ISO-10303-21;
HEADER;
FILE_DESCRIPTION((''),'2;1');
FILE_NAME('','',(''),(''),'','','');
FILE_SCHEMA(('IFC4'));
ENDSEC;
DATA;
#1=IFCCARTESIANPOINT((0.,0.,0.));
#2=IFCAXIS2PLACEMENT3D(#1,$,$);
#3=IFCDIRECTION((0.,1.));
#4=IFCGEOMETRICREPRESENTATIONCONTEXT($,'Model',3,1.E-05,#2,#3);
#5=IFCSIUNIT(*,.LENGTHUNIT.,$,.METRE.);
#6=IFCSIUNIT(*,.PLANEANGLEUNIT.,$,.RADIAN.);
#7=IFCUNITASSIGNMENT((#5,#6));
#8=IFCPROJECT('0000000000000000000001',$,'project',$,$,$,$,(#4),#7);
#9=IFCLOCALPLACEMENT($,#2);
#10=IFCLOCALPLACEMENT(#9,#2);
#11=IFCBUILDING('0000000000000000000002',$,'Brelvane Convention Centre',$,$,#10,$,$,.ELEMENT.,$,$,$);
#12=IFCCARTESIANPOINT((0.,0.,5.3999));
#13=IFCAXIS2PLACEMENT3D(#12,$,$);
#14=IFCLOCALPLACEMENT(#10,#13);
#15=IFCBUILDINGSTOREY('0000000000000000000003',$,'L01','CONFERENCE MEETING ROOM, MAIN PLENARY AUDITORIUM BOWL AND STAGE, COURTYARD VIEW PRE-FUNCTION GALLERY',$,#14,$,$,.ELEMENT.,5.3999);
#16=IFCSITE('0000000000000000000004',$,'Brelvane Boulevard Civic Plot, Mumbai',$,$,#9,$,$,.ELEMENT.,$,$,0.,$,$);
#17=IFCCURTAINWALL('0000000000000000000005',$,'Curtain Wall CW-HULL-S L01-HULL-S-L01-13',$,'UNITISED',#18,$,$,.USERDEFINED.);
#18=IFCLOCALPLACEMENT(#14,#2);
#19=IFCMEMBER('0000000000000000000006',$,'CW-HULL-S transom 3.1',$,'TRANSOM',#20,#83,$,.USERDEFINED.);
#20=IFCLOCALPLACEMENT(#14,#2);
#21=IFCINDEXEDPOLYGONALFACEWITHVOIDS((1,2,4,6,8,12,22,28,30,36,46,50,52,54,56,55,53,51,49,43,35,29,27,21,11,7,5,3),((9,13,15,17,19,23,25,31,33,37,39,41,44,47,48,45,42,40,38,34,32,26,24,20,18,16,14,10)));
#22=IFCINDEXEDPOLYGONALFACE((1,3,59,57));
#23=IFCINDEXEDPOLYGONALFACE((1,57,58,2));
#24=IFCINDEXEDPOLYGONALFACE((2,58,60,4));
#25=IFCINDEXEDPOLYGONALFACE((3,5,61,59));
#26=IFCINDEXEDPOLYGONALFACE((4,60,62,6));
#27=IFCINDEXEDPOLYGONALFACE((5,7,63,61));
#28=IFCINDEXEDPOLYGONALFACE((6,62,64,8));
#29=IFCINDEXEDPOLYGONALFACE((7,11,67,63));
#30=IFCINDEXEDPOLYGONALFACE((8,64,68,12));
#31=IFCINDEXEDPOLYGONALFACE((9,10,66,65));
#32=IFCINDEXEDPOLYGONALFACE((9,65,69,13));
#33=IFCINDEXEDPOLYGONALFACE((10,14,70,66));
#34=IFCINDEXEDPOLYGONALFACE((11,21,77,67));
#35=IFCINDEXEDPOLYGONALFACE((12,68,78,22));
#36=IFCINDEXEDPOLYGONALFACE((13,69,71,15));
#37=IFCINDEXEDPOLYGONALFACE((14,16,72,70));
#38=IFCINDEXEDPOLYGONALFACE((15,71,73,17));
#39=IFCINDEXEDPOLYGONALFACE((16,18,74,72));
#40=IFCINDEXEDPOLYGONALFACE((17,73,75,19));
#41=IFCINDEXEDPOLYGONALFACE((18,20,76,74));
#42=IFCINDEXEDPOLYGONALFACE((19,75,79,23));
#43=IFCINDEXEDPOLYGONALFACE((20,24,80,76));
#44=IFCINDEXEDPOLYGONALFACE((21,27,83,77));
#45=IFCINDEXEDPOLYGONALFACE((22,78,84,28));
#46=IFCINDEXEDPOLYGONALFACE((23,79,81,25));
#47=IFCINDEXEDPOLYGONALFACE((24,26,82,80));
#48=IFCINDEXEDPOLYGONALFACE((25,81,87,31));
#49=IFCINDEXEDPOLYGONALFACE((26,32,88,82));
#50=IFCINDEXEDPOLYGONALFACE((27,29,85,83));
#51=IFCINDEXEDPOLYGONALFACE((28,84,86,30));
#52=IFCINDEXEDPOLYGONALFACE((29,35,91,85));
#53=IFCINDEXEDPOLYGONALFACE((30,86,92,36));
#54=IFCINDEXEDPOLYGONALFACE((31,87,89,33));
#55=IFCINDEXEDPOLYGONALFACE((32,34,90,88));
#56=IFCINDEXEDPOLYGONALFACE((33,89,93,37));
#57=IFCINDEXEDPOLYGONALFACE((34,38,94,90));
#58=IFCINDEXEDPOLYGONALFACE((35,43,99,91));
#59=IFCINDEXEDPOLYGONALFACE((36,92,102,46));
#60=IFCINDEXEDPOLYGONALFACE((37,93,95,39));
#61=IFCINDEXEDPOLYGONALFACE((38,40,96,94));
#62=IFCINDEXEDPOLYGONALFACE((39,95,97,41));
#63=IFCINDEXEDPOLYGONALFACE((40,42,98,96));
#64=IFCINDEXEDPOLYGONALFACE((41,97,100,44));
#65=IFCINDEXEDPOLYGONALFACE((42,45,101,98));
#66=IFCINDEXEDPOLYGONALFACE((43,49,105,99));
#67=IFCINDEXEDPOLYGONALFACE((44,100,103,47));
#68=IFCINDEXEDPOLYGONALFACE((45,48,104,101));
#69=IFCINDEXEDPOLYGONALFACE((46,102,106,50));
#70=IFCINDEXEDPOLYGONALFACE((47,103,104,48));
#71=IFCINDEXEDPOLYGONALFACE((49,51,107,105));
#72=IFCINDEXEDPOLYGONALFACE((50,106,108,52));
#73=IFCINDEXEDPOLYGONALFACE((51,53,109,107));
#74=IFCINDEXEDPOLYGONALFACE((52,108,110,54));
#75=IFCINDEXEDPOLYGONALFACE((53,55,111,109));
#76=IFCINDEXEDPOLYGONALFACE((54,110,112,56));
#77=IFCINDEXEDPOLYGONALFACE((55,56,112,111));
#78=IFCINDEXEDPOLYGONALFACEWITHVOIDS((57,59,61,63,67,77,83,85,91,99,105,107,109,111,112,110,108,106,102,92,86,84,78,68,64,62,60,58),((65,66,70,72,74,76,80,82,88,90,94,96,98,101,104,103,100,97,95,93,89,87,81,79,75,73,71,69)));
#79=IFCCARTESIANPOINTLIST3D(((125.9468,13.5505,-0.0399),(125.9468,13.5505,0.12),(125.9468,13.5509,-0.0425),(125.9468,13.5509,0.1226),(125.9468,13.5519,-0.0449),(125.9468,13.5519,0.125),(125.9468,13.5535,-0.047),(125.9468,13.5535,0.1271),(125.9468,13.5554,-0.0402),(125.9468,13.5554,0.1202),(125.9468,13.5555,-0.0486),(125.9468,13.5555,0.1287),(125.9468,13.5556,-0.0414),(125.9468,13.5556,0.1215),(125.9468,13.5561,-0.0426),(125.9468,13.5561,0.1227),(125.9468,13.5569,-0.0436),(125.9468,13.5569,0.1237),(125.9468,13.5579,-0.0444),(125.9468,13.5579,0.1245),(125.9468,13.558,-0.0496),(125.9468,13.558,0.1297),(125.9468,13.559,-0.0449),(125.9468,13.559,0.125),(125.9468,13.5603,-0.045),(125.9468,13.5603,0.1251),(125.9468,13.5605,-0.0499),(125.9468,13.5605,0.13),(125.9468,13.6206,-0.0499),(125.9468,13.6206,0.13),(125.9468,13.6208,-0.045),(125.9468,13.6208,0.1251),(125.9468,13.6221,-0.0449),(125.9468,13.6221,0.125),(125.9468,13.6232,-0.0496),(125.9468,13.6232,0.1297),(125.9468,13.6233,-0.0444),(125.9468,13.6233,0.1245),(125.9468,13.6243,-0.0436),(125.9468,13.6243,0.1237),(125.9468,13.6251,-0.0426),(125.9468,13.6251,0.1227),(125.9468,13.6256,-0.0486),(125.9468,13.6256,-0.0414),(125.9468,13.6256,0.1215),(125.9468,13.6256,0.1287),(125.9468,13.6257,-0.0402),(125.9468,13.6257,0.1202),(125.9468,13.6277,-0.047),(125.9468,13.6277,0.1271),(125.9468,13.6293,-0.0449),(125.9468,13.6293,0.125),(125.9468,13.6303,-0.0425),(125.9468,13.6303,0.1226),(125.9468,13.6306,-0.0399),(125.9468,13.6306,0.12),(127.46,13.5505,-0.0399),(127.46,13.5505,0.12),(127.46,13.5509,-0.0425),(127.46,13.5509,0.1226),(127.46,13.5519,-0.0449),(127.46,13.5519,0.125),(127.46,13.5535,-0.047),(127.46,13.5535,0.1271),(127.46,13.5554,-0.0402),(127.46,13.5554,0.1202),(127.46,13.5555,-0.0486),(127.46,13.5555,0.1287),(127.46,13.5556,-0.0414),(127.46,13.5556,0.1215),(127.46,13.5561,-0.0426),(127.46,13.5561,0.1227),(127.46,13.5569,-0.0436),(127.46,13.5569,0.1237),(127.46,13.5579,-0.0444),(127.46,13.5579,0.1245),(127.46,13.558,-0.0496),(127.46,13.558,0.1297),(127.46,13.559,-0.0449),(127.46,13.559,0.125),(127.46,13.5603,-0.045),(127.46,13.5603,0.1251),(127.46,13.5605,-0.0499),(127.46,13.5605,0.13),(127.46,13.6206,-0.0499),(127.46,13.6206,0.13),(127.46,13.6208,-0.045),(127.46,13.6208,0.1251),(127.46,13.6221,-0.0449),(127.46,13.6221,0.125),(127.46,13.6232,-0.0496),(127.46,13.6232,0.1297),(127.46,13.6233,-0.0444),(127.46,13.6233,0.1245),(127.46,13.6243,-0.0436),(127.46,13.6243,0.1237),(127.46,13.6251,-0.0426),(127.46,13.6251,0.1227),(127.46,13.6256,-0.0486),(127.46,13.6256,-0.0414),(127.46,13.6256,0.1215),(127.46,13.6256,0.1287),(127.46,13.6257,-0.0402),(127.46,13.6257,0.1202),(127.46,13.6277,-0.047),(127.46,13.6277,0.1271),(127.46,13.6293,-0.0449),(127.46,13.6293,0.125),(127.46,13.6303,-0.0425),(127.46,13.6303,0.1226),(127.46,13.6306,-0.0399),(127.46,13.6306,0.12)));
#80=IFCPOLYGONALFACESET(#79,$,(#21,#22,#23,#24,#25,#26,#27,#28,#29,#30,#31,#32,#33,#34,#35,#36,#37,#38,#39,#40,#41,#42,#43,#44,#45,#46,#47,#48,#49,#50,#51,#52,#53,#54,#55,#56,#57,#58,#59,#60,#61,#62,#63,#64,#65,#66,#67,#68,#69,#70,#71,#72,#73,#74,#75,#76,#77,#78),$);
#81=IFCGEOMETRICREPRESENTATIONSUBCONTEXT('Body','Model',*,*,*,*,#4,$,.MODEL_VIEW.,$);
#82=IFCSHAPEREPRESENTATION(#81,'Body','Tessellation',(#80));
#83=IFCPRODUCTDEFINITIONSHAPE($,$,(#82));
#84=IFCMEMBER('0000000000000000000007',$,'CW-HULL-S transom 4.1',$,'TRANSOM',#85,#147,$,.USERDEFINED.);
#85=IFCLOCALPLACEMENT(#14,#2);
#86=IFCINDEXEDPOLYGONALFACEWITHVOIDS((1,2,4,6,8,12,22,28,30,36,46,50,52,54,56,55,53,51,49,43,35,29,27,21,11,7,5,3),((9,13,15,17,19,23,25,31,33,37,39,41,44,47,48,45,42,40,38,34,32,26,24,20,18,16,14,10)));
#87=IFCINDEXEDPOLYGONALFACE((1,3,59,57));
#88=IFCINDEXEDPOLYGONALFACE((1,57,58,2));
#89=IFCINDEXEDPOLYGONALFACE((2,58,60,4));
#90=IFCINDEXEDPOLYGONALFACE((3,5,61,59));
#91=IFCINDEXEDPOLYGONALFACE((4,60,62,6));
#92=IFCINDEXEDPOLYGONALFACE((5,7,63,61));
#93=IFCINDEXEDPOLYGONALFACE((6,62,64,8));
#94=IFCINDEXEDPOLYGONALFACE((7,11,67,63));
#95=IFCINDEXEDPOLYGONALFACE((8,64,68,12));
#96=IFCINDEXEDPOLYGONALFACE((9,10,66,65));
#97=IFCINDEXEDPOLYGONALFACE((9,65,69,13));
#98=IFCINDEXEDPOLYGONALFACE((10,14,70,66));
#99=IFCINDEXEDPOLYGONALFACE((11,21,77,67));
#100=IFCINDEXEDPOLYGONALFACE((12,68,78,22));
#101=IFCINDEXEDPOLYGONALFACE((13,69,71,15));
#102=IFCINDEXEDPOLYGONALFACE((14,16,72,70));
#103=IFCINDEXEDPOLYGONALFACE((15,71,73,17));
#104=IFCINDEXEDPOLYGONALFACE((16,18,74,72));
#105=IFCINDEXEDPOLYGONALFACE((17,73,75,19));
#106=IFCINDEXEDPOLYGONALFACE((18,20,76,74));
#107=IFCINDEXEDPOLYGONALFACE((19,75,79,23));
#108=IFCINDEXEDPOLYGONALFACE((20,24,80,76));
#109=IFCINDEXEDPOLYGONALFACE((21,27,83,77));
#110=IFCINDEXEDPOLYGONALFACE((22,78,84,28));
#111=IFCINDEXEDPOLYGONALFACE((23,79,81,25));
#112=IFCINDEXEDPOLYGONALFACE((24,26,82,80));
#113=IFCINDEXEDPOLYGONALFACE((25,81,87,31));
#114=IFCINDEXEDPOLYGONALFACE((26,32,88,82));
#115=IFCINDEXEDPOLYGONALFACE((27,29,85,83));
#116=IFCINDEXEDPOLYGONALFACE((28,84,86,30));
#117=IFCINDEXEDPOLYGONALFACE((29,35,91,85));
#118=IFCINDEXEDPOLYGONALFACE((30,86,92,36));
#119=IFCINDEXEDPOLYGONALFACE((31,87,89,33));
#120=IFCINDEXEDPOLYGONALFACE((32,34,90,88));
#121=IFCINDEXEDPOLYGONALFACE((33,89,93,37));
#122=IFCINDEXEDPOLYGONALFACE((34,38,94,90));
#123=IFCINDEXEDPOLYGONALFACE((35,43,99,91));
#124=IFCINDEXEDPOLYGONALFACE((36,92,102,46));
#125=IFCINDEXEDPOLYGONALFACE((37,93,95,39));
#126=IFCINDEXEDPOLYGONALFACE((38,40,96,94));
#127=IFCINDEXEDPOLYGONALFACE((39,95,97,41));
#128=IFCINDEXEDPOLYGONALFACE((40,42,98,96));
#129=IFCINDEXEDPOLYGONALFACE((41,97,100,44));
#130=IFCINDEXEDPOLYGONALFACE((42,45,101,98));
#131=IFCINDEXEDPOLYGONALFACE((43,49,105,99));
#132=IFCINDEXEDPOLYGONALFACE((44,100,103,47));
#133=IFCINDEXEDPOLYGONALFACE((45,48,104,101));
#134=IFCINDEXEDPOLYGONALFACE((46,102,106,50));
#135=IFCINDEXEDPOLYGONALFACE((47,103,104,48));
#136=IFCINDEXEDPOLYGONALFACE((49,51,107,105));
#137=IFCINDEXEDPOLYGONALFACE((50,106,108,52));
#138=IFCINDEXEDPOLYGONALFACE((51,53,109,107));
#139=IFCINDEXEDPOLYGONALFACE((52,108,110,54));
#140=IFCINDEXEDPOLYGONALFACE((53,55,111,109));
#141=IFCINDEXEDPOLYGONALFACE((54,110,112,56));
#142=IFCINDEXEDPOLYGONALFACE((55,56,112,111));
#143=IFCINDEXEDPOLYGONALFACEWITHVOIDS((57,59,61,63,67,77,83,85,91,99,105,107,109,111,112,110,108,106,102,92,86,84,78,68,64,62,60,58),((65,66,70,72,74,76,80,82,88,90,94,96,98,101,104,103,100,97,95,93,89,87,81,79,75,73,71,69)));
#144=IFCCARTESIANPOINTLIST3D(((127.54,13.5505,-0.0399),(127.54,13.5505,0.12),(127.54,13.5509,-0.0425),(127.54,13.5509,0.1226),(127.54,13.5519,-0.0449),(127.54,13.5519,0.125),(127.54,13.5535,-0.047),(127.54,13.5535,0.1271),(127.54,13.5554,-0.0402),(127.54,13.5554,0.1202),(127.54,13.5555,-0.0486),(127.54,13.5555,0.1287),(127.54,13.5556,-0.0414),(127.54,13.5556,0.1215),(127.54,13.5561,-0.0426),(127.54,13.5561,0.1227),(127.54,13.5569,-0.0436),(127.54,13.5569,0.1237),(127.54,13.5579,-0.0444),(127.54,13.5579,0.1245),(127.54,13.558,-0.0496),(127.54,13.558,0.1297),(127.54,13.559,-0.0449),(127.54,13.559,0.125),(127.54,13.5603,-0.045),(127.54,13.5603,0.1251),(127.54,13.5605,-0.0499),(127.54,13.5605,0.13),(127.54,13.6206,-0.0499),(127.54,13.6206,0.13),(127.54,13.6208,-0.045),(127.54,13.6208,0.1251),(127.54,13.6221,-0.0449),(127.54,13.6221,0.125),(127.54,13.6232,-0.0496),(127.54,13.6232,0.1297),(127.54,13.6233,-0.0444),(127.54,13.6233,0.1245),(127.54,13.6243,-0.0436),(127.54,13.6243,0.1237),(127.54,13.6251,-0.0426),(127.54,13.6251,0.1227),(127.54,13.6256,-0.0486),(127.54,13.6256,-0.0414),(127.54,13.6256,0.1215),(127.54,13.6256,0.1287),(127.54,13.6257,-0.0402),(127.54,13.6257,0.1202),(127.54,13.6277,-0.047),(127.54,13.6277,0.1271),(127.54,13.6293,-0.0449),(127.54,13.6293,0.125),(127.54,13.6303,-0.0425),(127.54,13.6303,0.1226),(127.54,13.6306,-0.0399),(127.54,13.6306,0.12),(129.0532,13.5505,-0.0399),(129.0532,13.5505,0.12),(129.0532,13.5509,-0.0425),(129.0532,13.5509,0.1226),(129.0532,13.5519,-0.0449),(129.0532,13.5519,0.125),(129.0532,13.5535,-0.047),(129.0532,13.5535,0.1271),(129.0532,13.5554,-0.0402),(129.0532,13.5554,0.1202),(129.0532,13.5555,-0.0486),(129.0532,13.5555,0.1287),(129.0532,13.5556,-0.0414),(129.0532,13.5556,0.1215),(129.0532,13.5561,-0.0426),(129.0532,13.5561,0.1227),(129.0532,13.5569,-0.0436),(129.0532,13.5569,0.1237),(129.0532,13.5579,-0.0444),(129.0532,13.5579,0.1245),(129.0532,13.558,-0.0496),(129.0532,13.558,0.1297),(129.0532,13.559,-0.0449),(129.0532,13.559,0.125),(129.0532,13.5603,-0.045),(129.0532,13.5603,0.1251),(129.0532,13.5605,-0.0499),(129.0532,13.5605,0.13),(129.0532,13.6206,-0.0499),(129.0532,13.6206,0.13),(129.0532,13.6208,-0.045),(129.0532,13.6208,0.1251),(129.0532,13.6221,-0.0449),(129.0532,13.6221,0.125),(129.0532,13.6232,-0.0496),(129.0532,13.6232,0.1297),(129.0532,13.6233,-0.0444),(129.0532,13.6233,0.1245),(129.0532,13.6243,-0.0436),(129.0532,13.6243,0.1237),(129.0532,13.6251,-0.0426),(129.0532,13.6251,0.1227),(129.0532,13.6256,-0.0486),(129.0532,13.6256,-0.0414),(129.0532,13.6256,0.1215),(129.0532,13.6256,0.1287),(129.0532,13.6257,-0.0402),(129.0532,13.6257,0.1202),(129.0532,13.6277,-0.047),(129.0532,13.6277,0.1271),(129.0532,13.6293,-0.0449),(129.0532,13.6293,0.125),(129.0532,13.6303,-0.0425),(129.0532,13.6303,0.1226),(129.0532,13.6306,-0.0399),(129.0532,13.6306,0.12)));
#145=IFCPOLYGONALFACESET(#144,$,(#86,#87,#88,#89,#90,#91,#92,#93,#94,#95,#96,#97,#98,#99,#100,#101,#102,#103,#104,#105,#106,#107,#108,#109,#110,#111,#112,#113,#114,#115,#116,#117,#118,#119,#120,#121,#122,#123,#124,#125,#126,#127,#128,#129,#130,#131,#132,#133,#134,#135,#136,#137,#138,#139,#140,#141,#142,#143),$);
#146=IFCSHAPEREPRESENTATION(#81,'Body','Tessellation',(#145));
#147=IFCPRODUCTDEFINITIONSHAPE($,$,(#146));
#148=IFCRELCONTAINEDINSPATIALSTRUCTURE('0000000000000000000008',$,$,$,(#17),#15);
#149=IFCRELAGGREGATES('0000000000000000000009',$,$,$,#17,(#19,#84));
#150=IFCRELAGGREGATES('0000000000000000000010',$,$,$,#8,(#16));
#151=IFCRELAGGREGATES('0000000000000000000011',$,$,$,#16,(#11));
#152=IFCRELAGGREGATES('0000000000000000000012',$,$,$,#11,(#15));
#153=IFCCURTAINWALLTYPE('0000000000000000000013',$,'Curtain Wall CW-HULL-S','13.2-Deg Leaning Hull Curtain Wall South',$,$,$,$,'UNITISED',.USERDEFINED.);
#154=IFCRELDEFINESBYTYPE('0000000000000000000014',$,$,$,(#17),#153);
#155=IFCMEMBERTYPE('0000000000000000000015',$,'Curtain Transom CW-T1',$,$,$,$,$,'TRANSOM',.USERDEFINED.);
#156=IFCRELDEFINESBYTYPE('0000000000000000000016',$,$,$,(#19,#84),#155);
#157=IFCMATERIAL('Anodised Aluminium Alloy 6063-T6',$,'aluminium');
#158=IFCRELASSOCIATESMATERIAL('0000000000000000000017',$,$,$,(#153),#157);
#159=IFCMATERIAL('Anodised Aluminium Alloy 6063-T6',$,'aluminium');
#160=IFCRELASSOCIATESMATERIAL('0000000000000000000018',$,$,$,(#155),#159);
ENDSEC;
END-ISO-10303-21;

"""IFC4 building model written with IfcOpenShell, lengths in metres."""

from ifc_helpers import new_model, si_unit, direction, frame, origin, origin_2d, place, context, subcontext, project, spatial, hollow_rectangle, extrude, material, material_profile, profile_set, type_object, element, aggregate, save


model = new_model("IFC4")

# Units and contexts
model_context = context("Model", 3, precision=1e-05, world=origin(), true_north=direction((0.0, 1.0)))
body_context = subcontext(model_context, "Body", "Model", "MODEL_VIEW")
ifc_project = project(units=[si_unit("LENGTHUNIT", "METRE"), si_unit("PLANEANGLEUNIT", "RADIAN")], contexts=[model_context])

# Site, building, storey
site_placement = place(None, origin())
site = spatial("IfcSite", under=ifc_project, at=site_placement, Name="Brelvane Boulevard Civic Plot, Mumbai", CompositionType="ELEMENT", RefElevation=0.0)
building_placement = place(site_placement, origin())
building = spatial("IfcBuilding", under=site, at=building_placement, Name="Brelvane Convention Centre", CompositionType="ELEMENT")
storey_placement = place(building_placement, frame((0.0, 0.0, 5.3999)))
storey = spatial("IfcBuildingStorey", under=building, at=storey_placement, Name="L01", Description="CONFERENCE MEETING ROOM, MAIN PLENARY AUDITORIUM BOWL AND STAGE, COURTYARD VIEW PRE-FUNCTION GALLERY", CompositionType="ELEMENT", Elevation=5.3999)

# Shared definitions
ifc_material_1 = material(Name="Anodised Aluminium Alloy 6063-T6", Category="aluminium")
curtain_wall_type = type_object("IfcCurtainWallType", Name="Curtain Wall CW-HULL-S", Description="13.2-Deg Leaning Hull Curtain Wall South", ElementType="UNITISED", PredefinedType="USERDEFINED", material=ifc_material_1)

# Curtain wall
curtain_wall_1_placement = place(storey_placement, origin())
curtain_wall_1 = element("IfcCurtainWall", 1, at=curtain_wall_1_placement, inside=storey, type_object=curtain_wall_type, Name="Curtain Wall CW-HULL-S L01-HULL-S-L01-13", ObjectType="UNITISED", PredefinedType="USERDEFINED")

# Members
ifc_material_2 = material(Name="Anodised Aluminium Alloy 6063-T6", Category="aluminium")
ifc_material_profile_1 = material_profile(ifc_material_2, hollow_rectangle(XDim=0.0801, YDim=0.1799, WallThickness=0.0049, InnerFilletRadius=0.0049, OuterFilletRadius=0.01, at=origin_2d()), Name="ALU-T 180x80x5.0")
ifc_profile_set_1 = profile_set([ifc_material_profile_1], Name="Anodised Aluminium Alloy 6063-T6")
member_type_1 = type_object("IfcMemberType", Name="Curtain Transom CW-T1", ElementType="TRANSOM", PredefinedType="USERDEFINED", material=ifc_profile_set_1)
member_1_placement = place(storey_placement, frame((125.9468, 13.5906, 0.04), z_axis=(1.0, 0.0, 0.0), x_axis=(0.0, 1.0, 0.0)))
member_1 = element("IfcMember", 2, at=member_1_placement, type_object=member_type_1, Name="CW-HULL-S transom 3.1", ObjectType="TRANSOM", PredefinedType="USERDEFINED", context=body_context, shape_type="SweptSolid", body=[
    extrude(hollow_rectangle(XDim=0.0801, YDim=0.1799, WallThickness=0.0049, InnerFilletRadius=0.0049, OuterFilletRadius=0.01, at=origin_2d()), origin(), (0.0, 0.0, 1.0), 1.5132),
])
member_2_placement = place(storey_placement, frame((127.54, 13.5906, 0.04), z_axis=(1.0, 0.0, 0.0), x_axis=(0.0, 1.0, 0.0)))
member_2 = element("IfcMember", 3, at=member_2_placement, type_object=member_type_1, Name="CW-HULL-S transom 4.1", ObjectType="TRANSOM", PredefinedType="USERDEFINED", context=body_context, shape_type="SweptSolid", body=[
    extrude(hollow_rectangle(XDim=0.0801, YDim=0.1799, WallThickness=0.0049, InnerFilletRadius=0.0049, OuterFilletRadius=0.01, at=origin_2d()), origin(), (0.0, 0.0, 1.0), 1.5132),
])

aggregate(curtain_wall_1, [member_1, member_2])

save(model, "model.ifc")
